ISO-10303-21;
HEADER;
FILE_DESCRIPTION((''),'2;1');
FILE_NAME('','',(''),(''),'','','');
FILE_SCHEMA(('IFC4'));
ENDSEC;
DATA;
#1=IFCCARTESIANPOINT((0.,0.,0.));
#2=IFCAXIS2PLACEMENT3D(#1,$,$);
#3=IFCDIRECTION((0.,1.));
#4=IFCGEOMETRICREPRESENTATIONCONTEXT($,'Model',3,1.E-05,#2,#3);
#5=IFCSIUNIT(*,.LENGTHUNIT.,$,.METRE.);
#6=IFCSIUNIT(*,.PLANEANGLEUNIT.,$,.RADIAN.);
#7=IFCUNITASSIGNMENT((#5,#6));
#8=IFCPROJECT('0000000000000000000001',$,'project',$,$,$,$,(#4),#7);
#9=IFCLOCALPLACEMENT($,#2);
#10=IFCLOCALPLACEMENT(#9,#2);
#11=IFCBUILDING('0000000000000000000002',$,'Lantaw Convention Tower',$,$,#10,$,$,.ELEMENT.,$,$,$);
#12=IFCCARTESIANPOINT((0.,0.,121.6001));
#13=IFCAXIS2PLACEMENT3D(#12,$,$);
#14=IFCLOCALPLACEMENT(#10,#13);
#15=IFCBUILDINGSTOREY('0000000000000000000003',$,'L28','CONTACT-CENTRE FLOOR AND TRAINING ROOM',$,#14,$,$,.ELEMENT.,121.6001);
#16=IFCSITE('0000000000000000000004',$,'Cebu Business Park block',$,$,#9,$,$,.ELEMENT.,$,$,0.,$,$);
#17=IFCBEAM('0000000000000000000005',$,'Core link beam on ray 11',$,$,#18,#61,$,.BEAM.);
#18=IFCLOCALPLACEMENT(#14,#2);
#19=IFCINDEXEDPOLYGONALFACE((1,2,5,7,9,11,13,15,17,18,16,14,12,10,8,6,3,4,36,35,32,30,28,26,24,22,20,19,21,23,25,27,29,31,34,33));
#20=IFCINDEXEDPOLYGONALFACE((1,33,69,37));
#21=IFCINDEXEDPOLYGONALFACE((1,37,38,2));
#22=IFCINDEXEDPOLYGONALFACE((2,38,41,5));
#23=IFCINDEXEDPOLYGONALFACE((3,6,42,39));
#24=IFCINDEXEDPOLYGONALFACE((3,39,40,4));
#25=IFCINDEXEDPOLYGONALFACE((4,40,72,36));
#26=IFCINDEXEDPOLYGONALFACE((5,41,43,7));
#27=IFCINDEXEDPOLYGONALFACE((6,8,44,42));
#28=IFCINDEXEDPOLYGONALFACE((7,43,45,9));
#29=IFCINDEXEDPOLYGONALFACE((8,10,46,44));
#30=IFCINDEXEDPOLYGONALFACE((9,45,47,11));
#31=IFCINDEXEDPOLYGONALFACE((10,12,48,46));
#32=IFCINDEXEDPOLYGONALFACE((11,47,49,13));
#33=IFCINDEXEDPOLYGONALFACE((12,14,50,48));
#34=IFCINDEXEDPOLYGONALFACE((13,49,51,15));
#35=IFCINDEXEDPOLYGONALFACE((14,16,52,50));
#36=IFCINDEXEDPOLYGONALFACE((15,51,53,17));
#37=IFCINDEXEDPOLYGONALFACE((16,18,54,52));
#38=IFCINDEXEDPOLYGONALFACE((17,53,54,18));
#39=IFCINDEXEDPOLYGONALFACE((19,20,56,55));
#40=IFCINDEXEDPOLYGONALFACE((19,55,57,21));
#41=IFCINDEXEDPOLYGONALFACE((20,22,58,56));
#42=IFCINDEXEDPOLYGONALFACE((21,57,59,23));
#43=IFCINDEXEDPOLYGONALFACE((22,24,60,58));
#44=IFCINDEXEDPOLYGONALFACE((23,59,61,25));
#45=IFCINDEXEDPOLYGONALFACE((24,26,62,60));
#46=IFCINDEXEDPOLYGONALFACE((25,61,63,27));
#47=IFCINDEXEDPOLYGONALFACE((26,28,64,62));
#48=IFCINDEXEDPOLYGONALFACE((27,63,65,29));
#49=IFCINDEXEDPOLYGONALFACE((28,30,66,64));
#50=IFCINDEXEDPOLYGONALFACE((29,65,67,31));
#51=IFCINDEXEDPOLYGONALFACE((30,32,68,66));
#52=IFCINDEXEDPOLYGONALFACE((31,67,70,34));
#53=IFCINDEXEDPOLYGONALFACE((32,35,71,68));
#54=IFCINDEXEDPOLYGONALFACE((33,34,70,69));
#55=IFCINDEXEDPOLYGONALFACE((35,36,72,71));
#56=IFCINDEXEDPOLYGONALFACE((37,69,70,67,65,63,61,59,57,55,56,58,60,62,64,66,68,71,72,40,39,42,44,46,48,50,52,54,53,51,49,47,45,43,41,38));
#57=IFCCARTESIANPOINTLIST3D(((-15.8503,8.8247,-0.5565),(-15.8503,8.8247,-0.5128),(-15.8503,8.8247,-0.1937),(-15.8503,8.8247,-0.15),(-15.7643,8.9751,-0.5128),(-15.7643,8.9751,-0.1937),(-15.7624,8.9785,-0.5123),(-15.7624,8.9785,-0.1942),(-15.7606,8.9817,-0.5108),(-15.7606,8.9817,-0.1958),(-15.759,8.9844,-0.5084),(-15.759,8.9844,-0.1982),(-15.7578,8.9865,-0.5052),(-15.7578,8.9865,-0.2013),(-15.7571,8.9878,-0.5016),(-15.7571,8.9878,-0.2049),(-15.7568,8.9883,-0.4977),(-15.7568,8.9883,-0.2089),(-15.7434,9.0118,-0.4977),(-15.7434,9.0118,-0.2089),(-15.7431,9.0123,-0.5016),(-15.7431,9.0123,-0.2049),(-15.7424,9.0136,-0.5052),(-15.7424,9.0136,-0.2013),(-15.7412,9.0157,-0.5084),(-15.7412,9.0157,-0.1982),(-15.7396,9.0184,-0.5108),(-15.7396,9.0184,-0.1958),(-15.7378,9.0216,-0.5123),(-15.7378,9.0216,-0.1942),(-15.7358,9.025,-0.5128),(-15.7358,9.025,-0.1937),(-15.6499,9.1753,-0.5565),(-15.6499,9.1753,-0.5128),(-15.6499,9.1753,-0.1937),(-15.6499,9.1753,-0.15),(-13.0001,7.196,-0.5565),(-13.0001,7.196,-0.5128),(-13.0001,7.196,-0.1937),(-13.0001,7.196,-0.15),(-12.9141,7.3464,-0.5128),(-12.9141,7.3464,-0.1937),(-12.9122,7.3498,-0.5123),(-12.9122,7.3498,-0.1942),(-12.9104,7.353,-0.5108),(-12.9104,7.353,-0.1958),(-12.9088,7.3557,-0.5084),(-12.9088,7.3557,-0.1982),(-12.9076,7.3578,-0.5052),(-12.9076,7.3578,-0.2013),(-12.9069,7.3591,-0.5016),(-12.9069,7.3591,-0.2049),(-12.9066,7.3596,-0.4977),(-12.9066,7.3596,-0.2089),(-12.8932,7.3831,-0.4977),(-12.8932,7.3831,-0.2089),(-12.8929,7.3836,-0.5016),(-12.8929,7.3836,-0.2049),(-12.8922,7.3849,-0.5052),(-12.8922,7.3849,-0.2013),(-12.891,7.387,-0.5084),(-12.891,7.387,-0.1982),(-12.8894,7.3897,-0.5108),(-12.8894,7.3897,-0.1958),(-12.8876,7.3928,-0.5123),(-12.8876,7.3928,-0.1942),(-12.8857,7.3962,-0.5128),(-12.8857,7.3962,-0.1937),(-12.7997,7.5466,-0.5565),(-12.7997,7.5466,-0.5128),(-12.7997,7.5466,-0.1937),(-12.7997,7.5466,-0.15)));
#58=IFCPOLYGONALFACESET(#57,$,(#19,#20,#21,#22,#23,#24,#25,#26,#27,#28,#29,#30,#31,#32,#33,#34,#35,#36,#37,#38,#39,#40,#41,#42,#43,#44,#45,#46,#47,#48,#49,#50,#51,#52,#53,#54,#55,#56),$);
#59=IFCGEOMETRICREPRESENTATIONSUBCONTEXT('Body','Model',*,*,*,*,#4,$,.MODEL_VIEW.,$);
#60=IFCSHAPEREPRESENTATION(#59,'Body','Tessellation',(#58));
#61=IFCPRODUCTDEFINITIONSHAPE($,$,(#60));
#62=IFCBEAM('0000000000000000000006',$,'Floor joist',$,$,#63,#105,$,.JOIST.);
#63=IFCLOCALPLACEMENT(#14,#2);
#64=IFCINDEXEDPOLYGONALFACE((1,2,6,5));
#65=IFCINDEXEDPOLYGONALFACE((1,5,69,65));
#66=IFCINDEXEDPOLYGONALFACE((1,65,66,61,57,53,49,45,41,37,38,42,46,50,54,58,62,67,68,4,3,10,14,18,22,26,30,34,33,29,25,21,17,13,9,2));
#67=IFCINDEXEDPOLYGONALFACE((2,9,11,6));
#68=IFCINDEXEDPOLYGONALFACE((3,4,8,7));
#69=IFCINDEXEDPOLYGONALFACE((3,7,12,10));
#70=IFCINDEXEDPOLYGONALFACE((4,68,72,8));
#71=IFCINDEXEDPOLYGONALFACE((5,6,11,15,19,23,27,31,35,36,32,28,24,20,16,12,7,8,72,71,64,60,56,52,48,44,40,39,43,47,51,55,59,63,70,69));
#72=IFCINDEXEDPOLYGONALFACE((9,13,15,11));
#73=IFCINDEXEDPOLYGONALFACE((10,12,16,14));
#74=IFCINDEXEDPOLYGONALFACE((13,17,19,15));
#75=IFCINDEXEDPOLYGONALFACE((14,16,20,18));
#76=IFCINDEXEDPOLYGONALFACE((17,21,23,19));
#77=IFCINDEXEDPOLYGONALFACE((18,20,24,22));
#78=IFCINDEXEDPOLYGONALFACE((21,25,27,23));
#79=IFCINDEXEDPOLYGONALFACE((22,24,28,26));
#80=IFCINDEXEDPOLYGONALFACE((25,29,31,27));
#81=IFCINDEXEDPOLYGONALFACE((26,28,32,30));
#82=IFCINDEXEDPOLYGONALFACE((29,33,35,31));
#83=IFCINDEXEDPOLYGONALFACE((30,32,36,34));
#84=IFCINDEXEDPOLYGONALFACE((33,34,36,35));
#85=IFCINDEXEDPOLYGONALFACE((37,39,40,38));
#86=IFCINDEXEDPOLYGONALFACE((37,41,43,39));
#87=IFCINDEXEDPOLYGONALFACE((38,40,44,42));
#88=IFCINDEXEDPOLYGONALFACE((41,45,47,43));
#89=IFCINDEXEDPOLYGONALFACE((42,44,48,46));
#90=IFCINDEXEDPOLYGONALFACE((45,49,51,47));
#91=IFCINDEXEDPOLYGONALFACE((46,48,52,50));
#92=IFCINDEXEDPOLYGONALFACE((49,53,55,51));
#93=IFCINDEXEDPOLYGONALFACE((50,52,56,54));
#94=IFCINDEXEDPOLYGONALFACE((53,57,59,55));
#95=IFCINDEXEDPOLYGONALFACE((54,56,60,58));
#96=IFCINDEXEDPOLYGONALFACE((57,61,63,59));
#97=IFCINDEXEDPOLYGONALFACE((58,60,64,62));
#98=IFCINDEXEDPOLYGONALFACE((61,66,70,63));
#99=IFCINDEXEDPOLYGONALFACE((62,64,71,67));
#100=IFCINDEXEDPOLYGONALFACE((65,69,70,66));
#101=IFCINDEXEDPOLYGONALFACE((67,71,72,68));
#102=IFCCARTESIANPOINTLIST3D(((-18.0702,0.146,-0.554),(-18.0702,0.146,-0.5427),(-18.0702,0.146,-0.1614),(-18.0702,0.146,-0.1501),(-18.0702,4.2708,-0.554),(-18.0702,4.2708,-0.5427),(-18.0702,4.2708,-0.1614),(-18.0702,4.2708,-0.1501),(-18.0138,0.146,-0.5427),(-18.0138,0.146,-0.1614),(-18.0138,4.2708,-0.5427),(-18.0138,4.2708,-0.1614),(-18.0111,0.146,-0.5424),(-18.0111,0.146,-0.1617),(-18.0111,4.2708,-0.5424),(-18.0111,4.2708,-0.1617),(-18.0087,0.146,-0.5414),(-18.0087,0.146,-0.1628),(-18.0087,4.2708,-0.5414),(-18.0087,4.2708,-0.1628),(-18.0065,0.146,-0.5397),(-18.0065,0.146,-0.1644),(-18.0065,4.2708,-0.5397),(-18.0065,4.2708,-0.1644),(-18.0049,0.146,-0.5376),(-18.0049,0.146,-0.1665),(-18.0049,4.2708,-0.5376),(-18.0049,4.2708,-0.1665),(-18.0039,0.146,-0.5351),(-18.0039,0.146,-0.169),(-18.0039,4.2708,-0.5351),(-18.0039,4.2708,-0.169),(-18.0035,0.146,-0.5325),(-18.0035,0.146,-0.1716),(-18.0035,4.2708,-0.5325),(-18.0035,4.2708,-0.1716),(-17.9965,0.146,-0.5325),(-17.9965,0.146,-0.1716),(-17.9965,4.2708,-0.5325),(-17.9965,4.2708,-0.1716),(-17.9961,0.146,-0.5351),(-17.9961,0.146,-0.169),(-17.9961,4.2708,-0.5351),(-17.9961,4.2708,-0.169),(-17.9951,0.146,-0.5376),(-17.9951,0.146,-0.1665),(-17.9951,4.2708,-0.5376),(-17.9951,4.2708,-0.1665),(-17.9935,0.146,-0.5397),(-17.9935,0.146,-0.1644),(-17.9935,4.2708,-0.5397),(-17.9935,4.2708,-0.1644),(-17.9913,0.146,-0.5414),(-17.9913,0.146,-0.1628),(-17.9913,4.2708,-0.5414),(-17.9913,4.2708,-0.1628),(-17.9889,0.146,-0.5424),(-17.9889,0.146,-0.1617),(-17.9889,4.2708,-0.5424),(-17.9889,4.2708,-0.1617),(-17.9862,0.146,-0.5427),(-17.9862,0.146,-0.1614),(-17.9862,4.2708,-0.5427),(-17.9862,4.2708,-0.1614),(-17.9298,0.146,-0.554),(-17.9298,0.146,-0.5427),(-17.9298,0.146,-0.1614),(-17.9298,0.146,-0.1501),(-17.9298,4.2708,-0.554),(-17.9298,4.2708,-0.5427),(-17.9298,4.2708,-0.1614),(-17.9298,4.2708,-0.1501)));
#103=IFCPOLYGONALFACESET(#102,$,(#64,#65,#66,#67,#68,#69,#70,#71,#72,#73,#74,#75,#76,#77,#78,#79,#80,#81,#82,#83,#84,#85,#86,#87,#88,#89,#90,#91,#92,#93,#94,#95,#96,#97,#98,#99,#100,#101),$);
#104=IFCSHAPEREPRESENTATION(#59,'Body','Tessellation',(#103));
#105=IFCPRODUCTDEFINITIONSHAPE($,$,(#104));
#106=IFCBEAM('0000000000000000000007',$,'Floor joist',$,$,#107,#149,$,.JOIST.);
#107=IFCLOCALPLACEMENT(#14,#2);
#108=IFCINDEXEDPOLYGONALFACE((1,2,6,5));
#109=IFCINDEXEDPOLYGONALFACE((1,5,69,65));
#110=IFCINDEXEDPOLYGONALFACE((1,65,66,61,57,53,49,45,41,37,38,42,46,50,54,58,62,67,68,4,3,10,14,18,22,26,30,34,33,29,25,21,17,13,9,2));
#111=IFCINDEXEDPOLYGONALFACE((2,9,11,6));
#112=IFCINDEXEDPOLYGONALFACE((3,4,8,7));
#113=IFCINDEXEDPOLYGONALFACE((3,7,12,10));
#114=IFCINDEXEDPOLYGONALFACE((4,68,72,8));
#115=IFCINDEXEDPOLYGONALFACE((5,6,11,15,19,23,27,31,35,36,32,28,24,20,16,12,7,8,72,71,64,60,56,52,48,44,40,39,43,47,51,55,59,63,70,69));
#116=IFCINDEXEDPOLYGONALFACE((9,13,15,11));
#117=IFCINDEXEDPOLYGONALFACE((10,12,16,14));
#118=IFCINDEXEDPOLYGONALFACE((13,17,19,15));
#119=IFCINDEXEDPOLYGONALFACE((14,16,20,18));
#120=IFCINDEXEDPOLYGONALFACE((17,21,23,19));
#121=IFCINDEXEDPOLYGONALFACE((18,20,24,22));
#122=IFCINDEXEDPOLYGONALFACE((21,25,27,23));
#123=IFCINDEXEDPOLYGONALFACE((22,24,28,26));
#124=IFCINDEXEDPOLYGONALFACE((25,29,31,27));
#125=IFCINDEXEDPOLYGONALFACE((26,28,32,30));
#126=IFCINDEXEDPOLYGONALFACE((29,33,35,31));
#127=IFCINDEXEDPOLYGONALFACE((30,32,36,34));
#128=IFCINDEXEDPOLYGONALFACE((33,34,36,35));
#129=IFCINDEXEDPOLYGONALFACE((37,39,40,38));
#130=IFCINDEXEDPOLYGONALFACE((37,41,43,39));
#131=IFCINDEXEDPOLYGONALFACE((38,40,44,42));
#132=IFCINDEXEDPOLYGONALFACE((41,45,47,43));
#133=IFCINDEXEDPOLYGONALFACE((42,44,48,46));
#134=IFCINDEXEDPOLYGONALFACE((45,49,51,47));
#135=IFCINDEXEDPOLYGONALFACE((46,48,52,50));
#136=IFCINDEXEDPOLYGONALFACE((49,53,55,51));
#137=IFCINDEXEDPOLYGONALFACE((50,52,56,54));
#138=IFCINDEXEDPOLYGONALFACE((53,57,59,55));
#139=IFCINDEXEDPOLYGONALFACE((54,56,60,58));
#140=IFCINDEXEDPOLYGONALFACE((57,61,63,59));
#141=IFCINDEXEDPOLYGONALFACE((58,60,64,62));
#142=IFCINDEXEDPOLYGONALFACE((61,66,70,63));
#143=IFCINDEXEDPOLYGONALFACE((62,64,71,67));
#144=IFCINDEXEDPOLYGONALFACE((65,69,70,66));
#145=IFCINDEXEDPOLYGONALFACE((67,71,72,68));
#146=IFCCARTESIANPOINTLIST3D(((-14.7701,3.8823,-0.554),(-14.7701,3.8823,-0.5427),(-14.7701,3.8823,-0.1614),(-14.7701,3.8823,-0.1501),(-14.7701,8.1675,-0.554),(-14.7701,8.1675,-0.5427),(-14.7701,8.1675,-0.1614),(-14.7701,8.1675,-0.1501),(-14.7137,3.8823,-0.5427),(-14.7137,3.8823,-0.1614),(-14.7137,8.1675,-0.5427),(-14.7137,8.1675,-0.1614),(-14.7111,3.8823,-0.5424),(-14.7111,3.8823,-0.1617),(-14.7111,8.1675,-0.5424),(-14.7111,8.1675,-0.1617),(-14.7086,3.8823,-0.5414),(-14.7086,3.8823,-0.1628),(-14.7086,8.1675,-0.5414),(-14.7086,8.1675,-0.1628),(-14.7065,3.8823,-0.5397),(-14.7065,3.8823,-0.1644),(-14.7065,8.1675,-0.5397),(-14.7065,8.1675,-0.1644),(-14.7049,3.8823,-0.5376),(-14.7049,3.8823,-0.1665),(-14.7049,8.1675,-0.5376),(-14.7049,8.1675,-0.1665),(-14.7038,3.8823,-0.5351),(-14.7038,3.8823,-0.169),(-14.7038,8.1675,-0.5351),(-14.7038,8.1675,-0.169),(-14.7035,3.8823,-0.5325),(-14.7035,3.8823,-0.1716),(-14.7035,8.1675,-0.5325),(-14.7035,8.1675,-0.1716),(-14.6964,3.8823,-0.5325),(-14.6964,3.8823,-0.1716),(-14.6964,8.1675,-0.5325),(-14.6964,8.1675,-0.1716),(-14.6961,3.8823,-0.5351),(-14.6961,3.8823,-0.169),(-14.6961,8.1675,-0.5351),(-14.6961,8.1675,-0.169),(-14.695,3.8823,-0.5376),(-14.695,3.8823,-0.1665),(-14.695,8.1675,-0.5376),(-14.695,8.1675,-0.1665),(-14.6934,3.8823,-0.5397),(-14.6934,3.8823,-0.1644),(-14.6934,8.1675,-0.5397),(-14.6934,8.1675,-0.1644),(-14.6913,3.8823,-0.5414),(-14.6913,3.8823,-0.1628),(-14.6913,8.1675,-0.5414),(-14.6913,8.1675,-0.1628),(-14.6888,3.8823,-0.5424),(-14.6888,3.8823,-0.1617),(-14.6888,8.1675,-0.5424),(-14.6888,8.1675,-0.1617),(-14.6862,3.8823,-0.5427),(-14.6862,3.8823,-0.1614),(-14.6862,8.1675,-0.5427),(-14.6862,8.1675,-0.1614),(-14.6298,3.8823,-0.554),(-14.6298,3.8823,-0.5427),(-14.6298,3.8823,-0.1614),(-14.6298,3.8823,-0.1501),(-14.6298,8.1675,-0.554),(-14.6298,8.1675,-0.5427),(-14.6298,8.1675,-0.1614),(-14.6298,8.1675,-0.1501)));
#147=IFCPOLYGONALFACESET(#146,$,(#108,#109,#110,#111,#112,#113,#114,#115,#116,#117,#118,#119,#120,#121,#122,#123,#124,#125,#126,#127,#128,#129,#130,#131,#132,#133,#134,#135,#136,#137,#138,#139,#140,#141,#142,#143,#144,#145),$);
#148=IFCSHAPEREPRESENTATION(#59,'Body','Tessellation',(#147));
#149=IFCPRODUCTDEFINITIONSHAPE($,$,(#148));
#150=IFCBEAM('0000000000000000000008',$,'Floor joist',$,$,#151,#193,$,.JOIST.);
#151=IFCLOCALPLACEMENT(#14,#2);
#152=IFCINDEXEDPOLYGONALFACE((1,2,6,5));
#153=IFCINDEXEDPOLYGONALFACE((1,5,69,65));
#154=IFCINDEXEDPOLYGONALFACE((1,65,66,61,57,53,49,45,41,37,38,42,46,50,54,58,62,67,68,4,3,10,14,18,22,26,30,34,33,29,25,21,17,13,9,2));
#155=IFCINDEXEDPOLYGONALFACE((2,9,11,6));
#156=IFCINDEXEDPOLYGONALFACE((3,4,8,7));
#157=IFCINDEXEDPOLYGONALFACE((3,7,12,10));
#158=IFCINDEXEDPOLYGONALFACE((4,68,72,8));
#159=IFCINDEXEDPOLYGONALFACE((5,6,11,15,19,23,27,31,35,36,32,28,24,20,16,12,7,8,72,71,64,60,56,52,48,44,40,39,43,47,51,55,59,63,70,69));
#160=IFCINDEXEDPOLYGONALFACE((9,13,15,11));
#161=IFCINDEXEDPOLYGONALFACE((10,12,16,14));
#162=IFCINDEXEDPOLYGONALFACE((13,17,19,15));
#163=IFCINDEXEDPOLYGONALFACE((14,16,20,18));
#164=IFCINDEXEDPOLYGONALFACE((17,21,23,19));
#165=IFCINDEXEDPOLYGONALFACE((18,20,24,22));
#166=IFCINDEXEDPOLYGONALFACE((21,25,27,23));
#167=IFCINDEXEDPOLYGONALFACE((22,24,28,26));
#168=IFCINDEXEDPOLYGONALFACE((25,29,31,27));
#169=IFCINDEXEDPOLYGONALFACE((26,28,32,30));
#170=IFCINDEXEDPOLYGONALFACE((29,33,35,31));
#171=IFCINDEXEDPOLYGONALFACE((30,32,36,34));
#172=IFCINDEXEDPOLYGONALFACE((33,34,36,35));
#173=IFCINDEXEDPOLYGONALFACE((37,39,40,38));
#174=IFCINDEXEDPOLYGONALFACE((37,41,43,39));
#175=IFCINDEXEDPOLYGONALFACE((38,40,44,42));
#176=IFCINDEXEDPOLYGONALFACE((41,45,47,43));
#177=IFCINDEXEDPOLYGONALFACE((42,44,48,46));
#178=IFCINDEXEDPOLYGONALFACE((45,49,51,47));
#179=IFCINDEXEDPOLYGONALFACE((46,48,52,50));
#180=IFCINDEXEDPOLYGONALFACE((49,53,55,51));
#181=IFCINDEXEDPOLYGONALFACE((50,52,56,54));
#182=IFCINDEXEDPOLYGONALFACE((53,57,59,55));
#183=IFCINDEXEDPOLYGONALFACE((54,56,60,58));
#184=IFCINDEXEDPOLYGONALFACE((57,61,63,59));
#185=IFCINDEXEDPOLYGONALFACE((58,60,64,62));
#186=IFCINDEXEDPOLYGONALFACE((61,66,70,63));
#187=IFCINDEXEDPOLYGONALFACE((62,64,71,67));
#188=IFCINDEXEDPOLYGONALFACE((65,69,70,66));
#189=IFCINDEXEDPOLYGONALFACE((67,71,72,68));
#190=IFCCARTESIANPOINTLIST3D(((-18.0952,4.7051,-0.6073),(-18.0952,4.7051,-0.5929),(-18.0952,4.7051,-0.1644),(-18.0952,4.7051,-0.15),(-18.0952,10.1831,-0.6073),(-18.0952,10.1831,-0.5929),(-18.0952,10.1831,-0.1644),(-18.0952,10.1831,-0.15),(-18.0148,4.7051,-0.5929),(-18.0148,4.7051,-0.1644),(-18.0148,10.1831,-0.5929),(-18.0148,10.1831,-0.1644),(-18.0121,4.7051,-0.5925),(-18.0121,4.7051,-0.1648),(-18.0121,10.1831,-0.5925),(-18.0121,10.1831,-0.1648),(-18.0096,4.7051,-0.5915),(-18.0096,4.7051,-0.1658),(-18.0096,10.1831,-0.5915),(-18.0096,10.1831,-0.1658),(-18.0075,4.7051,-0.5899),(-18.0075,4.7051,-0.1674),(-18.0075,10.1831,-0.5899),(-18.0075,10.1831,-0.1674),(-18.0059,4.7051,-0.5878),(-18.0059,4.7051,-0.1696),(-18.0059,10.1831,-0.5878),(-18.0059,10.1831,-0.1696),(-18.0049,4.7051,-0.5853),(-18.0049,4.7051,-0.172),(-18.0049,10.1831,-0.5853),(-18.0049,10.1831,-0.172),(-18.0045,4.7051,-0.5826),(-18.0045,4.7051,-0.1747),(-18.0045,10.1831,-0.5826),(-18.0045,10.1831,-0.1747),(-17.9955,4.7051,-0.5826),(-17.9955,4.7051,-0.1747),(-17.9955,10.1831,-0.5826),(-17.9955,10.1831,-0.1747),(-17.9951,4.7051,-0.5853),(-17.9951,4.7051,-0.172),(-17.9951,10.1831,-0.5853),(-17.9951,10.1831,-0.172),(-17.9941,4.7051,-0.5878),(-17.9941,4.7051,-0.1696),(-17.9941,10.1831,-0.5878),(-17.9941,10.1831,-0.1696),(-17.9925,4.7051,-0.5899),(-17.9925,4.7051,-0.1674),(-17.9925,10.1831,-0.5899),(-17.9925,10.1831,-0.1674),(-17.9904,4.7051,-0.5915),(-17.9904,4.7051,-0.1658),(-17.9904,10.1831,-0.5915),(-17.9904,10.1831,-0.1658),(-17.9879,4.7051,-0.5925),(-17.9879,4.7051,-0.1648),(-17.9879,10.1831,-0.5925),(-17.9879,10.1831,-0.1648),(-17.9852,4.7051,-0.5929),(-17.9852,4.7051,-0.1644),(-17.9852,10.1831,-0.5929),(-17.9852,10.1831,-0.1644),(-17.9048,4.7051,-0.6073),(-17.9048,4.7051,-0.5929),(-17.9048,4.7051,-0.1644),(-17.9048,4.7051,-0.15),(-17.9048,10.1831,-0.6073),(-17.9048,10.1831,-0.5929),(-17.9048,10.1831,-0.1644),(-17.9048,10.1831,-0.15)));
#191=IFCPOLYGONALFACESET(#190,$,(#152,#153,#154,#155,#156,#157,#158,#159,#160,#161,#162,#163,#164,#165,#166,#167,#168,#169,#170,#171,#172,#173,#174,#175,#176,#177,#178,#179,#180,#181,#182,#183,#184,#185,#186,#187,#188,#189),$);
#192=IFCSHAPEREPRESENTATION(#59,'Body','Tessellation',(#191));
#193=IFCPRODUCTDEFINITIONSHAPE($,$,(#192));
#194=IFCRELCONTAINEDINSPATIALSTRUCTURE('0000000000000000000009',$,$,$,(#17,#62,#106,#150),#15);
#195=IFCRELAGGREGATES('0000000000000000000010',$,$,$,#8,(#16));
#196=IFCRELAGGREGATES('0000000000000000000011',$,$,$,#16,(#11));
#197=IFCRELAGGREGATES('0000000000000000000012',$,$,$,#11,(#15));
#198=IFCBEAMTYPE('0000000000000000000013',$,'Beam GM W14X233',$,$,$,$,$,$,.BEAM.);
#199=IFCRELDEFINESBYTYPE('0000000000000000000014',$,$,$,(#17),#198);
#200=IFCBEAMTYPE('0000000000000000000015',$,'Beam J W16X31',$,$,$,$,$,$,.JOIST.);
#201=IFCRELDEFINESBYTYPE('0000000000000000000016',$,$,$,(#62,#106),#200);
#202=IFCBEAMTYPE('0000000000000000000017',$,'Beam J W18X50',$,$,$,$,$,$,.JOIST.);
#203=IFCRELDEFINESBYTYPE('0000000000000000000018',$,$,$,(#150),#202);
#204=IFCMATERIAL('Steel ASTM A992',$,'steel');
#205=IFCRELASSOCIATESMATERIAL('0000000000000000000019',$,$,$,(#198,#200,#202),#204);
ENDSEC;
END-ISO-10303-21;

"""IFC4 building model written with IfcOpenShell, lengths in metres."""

from ifc_helpers import new_model, si_unit, direction, frame, origin, origin_2d, place, context, subcontext, project, spatial, i_section, extrude, material, material_profile, profile_set, type_object, element, save


model = new_model("IFC4")

# Units and contexts
model_context = context("Model", 3, precision=1e-05, world=origin(), true_north=direction((0.0, 1.0)))
body_context = subcontext(model_context, "Body", "Model", "MODEL_VIEW")
ifc_project = project(units=[si_unit("LENGTHUNIT", "METRE"), si_unit("PLANEANGLEUNIT", "RADIAN")], contexts=[model_context])

# Site, building, storey
site_placement = place(None, origin())
site = spatial("IfcSite", under=ifc_project, at=site_placement, Name="Cebu Business Park block", CompositionType="ELEMENT", RefElevation=0.0)
building_placement = place(site_placement, origin())
building = spatial("IfcBuilding", under=site, at=building_placement, Name="Lantaw Convention Tower", CompositionType="ELEMENT")
storey_placement = place(building_placement, frame((0.0, 0.0, 121.6001)))
storey = spatial("IfcBuildingStorey", under=building, at=storey_placement, Name="L28", Description="CONTACT-CENTRE FLOOR AND TRAINING ROOM", CompositionType="ELEMENT", Elevation=121.6001)

# Beams
ifc_material_1 = material(Name="Steel ASTM A992", Category="steel")
ifc_material_profile_1 = material_profile(ifc_material_1, i_section(OverallWidth=0.4038, OverallDepth=0.4065, WebThickness=0.0271, FlangeThickness=0.0437, FilletRadius=0.0151, at=origin_2d()), Name="W14X233")
ifc_profile_set_1 = profile_set([ifc_material_profile_1], Name="Steel ASTM A992")
beam_type_1 = type_object("IfcBeamType", Name="Beam GM W14X233", PredefinedType="BEAM", material=ifc_profile_set_1)
beam_1_placement = place(storey_placement, frame((-12.8999, 7.3713, -0.3533), z_axis=(-0.868239, 0.496147, 0.0), x_axis=(-0.496147, -0.868239, 0.0)))
element("IfcBeam", 1, at=beam_1_placement, inside=storey, type_object=beam_type_1, Name="Core link beam on ray 11", PredefinedType="BEAM", context=body_context, shape_type="SweptSolid", body=[
    extrude(i_section(OverallWidth=0.4038, OverallDepth=0.4065, WebThickness=0.0271, FlangeThickness=0.0437, FilletRadius=0.0151, at=origin_2d()), origin(), (0.0, 0.0, 1.0), 3.2827),
])
ifc_material_profile_2 = material_profile(ifc_material_1, i_section(OverallWidth=0.1404, OverallDepth=0.4038, WebThickness=0.0071, FlangeThickness=0.0112, FilletRadius=0.0103, at=origin_2d()), Name="W16X31")
ifc_profile_set_2 = profile_set([ifc_material_profile_2], Name="Steel ASTM A992")
beam_type_2 = type_object("IfcBeamType", Name="Beam J W16X31", PredefinedType="JOIST", material=ifc_profile_set_2)
beam_2_placement = place(storey_placement, frame((-18.0, 0.146, -0.3521), z_axis=(0.0, 1.0, 0.0), x_axis=(-1.0, 0.0, 0.0)))
element("IfcBeam", 2, at=beam_2_placement, inside=storey, type_object=beam_type_2, Name="Floor joist", PredefinedType="JOIST", context=body_context, shape_type="SweptSolid", body=[
    extrude(i_section(OverallWidth=0.1404, OverallDepth=0.4038, WebThickness=0.0071, FlangeThickness=0.0112, FilletRadius=0.0103, at=origin_2d()), origin(), (0.0, 0.0, 1.0), 4.1248),
])
beam_3_placement = place(storey_placement, frame((-14.7, 3.8823, -0.3521), z_axis=(0.0, 1.0, 0.0), x_axis=(-1.0, 0.0, 0.0)))
element("IfcBeam", 3, at=beam_3_placement, inside=storey, type_object=beam_type_2, Name="Floor joist", PredefinedType="JOIST", context=body_context, shape_type="SweptSolid", body=[
    extrude(i_section(OverallWidth=0.1404, OverallDepth=0.4038, WebThickness=0.0071, FlangeThickness=0.0112, FilletRadius=0.0103, at=origin_2d()), origin(), (0.0, 0.0, 1.0), 4.2852),
])
ifc_material_profile_3 = material_profile(ifc_material_1, i_section(OverallWidth=0.1904, OverallDepth=0.4573, WebThickness=0.009, FlangeThickness=0.0144, FilletRadius=0.0103, at=origin_2d()), Name="W18X50")
ifc_profile_set_3 = profile_set([ifc_material_profile_3], Name="Steel ASTM A992")
beam_type_3 = type_object("IfcBeamType", Name="Beam J W18X50", PredefinedType="JOIST", material=ifc_profile_set_3)
beam_4_placement = place(storey_placement, frame((-18.0, 4.7051, -0.3787), z_axis=(0.0, 1.0, 0.0), x_axis=(-1.0, 0.0, 0.0)))
element("IfcBeam", 4, at=beam_4_placement, inside=storey, type_object=beam_type_3, Name="Floor joist", PredefinedType="JOIST", context=body_context, shape_type="SweptSolid", body=[
    extrude(i_section(OverallWidth=0.1904, OverallDepth=0.4573, WebThickness=0.009, FlangeThickness=0.0144, FilletRadius=0.0103, at=origin_2d()), origin(), (0.0, 0.0, 1.0), 5.478),
])

save(model, "model.ifc")
